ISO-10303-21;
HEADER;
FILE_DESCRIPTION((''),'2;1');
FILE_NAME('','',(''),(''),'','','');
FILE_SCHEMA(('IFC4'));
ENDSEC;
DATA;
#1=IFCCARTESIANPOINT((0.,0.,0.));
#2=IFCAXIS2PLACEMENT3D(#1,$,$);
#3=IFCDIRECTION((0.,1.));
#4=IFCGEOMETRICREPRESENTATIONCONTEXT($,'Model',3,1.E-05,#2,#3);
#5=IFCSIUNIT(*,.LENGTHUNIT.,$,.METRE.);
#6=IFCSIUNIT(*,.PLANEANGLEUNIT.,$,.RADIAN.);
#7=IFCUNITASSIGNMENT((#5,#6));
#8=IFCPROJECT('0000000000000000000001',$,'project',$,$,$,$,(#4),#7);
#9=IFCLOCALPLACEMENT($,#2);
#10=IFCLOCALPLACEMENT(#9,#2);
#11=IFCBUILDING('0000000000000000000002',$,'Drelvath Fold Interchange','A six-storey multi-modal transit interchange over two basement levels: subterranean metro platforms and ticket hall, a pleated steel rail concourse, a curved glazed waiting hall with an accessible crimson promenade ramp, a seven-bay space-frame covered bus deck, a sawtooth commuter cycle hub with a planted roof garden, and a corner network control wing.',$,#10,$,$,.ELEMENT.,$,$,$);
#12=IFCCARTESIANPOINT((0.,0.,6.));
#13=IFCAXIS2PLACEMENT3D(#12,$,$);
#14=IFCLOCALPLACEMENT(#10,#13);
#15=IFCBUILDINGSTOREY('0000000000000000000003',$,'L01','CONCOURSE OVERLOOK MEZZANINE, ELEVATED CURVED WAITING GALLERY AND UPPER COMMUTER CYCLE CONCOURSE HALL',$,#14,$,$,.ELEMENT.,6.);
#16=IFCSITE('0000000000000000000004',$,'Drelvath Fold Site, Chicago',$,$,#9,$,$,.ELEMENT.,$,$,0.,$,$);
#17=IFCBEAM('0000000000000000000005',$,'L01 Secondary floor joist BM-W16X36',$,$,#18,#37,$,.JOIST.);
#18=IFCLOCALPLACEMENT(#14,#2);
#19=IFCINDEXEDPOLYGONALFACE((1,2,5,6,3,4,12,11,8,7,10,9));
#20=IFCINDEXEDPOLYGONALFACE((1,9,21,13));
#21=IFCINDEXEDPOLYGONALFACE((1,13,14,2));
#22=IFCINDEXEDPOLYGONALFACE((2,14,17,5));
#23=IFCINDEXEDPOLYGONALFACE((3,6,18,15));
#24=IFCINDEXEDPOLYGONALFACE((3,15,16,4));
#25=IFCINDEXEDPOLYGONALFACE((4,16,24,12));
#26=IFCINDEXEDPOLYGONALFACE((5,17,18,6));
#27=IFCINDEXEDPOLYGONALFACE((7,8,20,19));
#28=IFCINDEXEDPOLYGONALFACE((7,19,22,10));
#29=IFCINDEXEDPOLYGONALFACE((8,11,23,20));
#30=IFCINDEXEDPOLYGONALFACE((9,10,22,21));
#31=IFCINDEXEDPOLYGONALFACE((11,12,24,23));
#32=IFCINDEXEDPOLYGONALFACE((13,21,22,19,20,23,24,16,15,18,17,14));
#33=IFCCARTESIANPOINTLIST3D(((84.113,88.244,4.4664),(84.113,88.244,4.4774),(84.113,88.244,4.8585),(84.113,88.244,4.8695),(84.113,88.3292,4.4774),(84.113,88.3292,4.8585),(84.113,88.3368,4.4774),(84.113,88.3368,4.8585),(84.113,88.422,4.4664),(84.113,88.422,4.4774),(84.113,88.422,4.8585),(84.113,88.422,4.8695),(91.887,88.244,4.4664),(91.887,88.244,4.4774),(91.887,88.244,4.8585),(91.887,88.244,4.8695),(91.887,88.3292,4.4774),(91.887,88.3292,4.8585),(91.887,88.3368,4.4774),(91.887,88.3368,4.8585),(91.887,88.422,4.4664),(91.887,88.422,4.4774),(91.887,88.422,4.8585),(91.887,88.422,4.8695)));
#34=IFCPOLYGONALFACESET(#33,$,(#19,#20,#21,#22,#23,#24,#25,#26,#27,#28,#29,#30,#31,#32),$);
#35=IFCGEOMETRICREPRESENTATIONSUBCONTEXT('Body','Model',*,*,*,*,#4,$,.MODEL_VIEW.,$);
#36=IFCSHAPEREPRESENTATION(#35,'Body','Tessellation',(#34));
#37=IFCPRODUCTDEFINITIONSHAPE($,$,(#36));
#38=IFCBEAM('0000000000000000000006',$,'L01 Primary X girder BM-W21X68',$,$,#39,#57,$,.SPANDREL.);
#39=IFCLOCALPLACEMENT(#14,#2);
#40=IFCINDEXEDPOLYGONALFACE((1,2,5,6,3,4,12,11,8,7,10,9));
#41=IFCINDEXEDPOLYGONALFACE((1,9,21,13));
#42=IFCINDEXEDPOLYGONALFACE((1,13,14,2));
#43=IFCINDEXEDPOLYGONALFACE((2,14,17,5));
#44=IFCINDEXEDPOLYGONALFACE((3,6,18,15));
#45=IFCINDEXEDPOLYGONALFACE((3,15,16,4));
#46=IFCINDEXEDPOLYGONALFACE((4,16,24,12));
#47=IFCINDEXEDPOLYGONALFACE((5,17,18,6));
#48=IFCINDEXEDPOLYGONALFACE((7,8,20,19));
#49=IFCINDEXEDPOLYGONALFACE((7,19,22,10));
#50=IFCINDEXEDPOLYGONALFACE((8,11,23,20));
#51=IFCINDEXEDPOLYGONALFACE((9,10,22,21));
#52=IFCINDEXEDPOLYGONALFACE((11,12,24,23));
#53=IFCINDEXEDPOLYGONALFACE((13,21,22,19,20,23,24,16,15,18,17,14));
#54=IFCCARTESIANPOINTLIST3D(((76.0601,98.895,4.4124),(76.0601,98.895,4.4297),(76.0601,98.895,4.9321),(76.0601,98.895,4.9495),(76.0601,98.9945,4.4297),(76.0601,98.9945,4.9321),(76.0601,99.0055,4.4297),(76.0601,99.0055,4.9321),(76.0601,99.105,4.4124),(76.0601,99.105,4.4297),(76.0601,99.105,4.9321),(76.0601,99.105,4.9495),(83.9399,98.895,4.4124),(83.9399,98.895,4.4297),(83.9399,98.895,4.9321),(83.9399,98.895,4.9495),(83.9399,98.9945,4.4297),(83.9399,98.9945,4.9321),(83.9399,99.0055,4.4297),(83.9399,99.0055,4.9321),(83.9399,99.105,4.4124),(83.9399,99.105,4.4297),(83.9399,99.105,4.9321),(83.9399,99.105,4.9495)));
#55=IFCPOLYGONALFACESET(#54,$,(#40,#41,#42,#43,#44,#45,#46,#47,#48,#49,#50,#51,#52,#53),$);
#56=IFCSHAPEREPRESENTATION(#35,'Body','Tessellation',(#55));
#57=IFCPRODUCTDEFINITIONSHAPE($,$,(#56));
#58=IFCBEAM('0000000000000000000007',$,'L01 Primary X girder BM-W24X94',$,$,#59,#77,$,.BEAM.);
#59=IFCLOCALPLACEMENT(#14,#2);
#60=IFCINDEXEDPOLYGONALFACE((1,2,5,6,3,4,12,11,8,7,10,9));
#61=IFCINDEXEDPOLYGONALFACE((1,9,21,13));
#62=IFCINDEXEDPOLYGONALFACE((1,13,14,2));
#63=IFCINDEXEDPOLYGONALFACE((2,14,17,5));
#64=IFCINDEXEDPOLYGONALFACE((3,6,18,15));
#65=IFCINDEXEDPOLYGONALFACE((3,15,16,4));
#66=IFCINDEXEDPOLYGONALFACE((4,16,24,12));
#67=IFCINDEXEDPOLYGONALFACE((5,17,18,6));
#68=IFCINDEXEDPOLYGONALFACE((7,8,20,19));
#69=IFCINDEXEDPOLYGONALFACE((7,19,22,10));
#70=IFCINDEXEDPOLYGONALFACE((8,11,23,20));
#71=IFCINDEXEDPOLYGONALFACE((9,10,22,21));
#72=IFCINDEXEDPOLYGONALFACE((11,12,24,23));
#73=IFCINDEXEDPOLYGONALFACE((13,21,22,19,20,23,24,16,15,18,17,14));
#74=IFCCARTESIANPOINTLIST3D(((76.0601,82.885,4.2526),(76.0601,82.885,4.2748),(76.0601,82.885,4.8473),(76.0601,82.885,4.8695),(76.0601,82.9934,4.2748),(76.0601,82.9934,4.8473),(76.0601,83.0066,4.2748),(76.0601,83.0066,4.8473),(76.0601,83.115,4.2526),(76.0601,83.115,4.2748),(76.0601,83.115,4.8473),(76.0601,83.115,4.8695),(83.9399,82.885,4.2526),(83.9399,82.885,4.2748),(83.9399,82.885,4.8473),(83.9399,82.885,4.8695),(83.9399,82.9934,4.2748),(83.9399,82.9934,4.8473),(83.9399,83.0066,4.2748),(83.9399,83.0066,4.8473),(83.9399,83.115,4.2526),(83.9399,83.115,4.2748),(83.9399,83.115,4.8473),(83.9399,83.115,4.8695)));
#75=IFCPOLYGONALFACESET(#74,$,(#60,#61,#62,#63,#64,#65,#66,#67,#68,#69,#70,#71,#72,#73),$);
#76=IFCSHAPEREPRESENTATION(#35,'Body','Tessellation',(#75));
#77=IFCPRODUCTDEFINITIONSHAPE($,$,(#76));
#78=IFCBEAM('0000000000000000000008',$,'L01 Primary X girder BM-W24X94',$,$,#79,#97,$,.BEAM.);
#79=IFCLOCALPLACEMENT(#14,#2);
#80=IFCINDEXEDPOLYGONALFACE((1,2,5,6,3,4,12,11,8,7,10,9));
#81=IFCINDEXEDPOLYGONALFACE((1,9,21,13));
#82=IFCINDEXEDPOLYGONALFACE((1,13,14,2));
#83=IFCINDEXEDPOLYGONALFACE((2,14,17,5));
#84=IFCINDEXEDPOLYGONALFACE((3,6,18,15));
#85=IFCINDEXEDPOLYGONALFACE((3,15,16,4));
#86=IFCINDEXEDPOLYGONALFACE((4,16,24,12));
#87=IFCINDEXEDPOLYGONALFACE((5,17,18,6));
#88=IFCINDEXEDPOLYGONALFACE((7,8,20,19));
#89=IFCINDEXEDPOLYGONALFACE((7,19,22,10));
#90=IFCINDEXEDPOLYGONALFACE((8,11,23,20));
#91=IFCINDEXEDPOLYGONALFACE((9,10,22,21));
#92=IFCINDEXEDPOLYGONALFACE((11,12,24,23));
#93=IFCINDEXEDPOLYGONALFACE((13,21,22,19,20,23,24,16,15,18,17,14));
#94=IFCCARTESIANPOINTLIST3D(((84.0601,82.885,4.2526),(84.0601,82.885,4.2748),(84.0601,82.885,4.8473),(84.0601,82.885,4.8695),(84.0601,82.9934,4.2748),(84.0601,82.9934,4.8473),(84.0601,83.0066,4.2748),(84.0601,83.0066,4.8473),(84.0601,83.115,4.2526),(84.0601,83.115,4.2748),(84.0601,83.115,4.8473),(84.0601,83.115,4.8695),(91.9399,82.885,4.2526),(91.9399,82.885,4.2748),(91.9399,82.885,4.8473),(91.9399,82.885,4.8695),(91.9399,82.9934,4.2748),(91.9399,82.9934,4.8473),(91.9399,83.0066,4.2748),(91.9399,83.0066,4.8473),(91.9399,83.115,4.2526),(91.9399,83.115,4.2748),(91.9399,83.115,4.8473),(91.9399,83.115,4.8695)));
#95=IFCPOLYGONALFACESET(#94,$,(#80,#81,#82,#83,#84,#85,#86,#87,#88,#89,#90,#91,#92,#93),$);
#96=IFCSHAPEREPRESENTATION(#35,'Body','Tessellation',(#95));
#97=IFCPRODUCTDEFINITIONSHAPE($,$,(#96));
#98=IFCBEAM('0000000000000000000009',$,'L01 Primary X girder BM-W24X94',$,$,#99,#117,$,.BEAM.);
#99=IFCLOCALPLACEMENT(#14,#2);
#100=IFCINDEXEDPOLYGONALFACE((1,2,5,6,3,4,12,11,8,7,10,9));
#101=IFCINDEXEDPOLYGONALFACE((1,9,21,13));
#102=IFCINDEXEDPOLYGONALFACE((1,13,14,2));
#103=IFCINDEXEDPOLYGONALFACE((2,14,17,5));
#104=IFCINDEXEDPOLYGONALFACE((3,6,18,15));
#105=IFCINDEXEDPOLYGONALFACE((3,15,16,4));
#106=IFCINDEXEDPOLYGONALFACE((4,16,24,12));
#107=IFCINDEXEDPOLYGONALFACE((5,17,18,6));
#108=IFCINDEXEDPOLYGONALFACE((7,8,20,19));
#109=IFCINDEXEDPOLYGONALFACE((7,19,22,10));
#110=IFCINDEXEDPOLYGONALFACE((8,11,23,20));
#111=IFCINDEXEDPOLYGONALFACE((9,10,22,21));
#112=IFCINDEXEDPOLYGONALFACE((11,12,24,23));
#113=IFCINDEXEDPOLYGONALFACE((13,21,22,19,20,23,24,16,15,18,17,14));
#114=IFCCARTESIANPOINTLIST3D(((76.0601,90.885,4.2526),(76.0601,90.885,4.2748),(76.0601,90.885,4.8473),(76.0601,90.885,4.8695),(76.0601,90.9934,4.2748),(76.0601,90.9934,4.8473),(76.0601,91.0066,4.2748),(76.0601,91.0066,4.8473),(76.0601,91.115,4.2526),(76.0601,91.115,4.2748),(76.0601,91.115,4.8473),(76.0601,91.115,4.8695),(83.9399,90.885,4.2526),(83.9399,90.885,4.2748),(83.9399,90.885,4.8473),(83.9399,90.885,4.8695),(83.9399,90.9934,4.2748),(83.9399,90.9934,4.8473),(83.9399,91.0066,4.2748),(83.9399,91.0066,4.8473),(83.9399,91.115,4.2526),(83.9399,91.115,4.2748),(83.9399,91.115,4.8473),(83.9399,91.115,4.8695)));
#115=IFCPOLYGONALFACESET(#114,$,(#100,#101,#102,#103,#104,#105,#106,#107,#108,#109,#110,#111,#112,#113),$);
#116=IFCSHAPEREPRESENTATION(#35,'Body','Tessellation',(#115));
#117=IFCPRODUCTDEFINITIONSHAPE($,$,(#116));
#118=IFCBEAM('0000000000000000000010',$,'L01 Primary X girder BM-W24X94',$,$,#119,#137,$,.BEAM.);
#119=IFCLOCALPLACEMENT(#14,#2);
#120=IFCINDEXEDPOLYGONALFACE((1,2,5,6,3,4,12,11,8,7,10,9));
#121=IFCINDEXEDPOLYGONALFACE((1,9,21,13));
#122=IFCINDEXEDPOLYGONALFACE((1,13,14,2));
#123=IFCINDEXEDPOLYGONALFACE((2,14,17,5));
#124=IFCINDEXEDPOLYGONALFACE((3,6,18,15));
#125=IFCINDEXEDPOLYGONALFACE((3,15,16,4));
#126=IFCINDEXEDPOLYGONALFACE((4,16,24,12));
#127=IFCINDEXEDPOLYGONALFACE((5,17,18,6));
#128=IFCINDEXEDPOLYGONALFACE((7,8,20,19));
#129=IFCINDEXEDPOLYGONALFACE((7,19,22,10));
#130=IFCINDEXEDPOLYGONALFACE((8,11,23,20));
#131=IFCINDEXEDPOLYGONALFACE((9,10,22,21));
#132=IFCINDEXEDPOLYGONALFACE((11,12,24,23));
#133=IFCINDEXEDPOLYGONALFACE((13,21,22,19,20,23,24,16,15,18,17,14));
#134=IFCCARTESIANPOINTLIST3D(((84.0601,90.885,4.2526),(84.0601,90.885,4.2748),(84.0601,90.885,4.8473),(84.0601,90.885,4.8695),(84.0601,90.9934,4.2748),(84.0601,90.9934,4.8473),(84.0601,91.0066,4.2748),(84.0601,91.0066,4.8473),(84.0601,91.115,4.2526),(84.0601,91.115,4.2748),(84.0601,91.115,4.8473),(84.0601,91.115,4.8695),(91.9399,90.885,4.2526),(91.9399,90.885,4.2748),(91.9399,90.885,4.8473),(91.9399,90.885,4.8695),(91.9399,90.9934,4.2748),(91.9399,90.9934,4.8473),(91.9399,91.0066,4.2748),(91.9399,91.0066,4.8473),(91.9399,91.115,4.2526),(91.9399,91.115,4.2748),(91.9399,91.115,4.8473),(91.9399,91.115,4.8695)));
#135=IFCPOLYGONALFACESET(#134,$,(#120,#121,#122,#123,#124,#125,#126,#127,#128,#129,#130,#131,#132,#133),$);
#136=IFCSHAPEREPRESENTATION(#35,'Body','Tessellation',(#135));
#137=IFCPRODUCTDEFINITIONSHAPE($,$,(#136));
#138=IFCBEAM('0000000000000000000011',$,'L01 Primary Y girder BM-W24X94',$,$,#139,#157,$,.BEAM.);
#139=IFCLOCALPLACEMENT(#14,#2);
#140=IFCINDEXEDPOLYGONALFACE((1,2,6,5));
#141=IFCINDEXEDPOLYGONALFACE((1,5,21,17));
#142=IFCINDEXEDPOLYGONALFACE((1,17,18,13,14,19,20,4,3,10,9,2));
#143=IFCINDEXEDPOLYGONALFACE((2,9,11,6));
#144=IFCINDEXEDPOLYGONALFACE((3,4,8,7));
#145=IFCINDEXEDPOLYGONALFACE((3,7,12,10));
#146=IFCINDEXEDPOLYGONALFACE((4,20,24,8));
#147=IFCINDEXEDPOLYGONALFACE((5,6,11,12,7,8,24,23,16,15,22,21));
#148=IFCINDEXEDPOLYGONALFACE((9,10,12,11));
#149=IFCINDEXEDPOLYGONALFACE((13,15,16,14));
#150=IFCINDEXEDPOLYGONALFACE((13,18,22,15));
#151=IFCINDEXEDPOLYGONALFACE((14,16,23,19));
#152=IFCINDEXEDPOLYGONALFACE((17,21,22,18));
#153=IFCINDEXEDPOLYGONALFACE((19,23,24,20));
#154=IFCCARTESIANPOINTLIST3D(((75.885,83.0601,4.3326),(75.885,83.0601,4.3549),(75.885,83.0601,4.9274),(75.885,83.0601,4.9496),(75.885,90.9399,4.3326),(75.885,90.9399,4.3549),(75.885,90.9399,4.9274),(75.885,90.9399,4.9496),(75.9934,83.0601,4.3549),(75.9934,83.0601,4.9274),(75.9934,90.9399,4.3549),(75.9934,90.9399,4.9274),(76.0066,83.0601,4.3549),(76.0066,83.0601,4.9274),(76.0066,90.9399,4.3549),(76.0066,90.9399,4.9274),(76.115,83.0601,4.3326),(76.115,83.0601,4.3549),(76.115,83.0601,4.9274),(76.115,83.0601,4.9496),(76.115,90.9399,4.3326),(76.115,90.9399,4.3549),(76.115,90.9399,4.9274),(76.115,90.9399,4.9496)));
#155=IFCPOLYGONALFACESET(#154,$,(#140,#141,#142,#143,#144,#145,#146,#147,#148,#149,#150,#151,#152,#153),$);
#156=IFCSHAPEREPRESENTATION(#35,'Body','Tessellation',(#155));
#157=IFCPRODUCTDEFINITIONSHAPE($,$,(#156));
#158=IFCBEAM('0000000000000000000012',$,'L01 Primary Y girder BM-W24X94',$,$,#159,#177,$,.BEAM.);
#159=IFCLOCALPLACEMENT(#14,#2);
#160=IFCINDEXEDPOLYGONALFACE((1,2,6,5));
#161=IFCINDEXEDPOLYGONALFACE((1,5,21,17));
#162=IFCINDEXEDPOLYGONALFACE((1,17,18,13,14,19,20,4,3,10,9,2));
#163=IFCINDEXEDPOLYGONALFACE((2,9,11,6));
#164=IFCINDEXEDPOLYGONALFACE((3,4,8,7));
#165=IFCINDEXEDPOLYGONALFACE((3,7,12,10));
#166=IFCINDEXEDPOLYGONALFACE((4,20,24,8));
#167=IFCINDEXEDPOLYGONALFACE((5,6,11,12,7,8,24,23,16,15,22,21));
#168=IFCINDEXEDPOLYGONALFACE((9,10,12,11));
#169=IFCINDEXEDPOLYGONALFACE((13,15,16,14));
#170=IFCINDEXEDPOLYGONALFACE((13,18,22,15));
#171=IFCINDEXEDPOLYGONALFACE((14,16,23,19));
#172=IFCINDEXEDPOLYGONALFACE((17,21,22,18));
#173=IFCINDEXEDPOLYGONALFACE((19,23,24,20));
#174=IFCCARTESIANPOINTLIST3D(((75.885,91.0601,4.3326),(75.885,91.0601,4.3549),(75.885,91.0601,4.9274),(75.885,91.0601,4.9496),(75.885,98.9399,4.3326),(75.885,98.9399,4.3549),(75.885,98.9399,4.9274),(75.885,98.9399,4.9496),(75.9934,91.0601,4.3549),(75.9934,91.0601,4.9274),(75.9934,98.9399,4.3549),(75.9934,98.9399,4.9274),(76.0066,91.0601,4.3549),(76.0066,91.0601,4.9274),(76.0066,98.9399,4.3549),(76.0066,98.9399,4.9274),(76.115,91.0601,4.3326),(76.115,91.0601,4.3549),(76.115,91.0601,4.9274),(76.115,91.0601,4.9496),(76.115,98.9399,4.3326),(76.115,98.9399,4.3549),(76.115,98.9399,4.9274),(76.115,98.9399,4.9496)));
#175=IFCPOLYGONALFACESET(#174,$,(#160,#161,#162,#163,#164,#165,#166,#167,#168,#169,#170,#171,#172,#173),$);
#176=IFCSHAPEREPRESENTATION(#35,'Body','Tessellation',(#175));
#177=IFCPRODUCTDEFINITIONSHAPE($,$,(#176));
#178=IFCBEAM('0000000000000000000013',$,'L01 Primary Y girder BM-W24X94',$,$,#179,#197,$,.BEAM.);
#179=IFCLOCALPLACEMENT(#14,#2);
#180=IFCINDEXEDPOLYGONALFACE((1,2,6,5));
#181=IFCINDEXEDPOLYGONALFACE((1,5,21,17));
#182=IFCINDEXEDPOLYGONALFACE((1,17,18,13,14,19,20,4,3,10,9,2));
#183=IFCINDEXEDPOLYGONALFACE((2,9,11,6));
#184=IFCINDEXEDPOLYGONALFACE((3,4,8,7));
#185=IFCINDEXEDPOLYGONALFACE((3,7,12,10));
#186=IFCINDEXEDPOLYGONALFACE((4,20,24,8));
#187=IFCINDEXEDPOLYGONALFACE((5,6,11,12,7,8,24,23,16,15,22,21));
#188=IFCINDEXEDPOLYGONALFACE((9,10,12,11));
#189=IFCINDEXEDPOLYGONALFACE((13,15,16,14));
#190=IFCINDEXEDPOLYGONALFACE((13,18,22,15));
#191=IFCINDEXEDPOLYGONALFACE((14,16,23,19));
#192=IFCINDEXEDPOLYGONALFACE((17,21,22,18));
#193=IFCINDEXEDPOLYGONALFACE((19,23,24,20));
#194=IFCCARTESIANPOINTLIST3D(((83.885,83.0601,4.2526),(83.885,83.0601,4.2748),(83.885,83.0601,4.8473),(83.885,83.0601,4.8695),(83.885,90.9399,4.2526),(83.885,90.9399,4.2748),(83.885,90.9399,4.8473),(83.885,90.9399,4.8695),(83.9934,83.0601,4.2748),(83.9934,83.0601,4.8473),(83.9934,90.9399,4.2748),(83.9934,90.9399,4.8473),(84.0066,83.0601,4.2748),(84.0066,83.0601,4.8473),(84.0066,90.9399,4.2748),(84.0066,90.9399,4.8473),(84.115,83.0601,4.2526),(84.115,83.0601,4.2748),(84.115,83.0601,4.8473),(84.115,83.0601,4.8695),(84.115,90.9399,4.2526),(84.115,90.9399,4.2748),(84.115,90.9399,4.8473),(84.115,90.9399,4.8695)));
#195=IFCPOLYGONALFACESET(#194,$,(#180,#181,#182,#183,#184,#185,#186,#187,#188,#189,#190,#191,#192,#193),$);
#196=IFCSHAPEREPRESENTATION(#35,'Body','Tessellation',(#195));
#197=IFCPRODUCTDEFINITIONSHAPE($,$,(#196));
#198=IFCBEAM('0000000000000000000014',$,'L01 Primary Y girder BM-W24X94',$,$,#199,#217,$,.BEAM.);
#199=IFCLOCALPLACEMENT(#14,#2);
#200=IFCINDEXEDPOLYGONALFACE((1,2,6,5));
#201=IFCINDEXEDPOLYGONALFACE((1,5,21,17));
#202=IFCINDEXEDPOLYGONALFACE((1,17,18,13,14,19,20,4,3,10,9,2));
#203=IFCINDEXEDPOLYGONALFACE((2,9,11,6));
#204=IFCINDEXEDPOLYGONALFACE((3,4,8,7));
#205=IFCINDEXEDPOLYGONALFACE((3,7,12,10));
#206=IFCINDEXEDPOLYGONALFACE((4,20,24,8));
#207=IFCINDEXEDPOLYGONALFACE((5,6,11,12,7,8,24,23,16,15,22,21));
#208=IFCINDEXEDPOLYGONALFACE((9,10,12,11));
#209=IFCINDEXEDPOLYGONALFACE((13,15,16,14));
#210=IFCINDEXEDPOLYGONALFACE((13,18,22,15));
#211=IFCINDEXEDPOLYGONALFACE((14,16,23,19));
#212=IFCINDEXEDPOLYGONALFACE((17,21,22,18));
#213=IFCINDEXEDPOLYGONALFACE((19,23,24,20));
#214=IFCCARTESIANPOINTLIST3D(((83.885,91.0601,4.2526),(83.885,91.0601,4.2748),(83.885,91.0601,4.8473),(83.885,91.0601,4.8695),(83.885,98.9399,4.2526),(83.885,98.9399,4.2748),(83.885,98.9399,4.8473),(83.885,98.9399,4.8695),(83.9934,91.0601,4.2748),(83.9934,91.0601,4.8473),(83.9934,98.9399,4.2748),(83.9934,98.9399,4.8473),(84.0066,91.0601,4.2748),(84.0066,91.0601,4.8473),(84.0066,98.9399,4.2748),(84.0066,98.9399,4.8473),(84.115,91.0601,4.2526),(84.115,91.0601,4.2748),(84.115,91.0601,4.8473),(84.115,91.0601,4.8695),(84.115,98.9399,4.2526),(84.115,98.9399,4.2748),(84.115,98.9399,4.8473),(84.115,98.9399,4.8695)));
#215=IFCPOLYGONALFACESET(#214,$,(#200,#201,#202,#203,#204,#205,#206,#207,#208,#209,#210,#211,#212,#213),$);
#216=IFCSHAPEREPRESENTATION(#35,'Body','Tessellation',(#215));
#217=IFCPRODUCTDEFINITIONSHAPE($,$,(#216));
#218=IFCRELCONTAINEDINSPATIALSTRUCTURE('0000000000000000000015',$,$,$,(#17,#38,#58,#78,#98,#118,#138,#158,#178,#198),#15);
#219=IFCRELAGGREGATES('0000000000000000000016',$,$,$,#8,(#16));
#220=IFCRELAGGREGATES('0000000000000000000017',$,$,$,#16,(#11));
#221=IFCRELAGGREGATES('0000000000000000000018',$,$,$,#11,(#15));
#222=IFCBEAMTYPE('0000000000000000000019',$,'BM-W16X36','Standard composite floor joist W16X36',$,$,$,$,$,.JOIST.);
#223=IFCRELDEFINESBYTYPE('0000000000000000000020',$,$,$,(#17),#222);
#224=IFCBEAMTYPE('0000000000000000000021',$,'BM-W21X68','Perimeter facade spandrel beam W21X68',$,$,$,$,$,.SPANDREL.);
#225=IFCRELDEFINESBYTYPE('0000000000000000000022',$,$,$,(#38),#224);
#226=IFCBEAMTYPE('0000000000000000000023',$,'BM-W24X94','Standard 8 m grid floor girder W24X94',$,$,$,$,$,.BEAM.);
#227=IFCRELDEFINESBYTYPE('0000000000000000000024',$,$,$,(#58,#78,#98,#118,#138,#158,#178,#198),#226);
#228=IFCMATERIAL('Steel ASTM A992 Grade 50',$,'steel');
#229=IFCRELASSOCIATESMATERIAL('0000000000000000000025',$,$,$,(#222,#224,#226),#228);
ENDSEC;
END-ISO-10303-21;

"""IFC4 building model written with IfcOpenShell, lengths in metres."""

from ifc_helpers import new_model, si_unit, direction, frame, origin, origin_2d, place, context, subcontext, project, spatial, i_section, extrude, material, material_profile, profile_set, type_object, element, save


model = new_model("IFC4")

# Units and contexts
model_context = context("Model", 3, precision=1e-05, world=origin(), true_north=direction((0.0, 1.0)))
body_context = subcontext(model_context, "Body", "Model", "MODEL_VIEW")
ifc_project = project(units=[si_unit("LENGTHUNIT", "METRE"), si_unit("PLANEANGLEUNIT", "RADIAN")], contexts=[model_context])

# Site, building, storey
site_placement = place(None, origin())
site = spatial("IfcSite", under=ifc_project, at=site_placement, Name="Drelvath Fold Site, Chicago", CompositionType="ELEMENT", RefElevation=0.0)
building_placement = place(site_placement, origin())
building = spatial("IfcBuilding", under=site, at=building_placement, Name="Drelvath Fold Interchange", Description="A six-storey multi-modal transit interchange over two basement levels: subterranean metro platforms and ticket hall, a pleated steel rail concourse, a curved glazed waiting hall with an accessible crimson promenade ramp, a seven-bay space-frame covered bus deck, a sawtooth commuter cycle hub with a planted roof garden, and a corner network control wing.", CompositionType="ELEMENT")
storey_placement = place(building_placement, frame((0.0, 0.0, 6.0)))
storey = spatial("IfcBuildingStorey", under=building, at=storey_placement, Name="L01", Description="CONCOURSE OVERLOOK MEZZANINE, ELEVATED CURVED WAITING GALLERY AND UPPER COMMUTER CYCLE CONCOURSE HALL", CompositionType="ELEMENT", Elevation=6.0)

# Beams
ifc_material_1 = material(Name="Steel ASTM A992 Grade 50", Category="steel")
ifc_material_profile_1 = material_profile(ifc_material_1, i_section(OverallWidth=0.178, OverallDepth=0.4031, WebThickness=0.0076, FlangeThickness=0.011, at=origin_2d()), Name="W16X36")
ifc_profile_set_1 = profile_set([ifc_material_profile_1], Name="Steel ASTM A992 Grade 50")
beam_type_1 = type_object("IfcBeamType", Name="BM-W16X36", Description="Standard composite floor joist W16X36", PredefinedType="JOIST", material=ifc_profile_set_1)
for number, where, z_axis, x_axis, name in (
    (1, (84.113, 88.333, 4.668), (1.0, 0.0, 0.0), (0.0, 1.0, 0.0), "L01 Secondary floor joist BM-W16X36"),
):
    element("IfcBeam", number, at=place(storey_placement, frame(where, z_axis=z_axis, x_axis=x_axis)), inside=storey, type_object=beam_type_1, Name=name, PredefinedType="JOIST", context=body_context, shape_type="SweptSolid", body=[
        extrude(i_section(OverallWidth=0.178, OverallDepth=0.4031, WebThickness=0.0076, FlangeThickness=0.011, at=origin_2d()), origin(), (0.0, 0.0, 1.0), 7.7739),
    ])
ifc_material_profile_2 = material_profile(ifc_material_1, i_section(OverallWidth=0.21, OverallDepth=0.5371, WebThickness=0.011, FlangeThickness=0.0173, at=origin_2d()), Name="W21X68")
ifc_profile_set_2 = profile_set([ifc_material_profile_2], Name="Steel ASTM A992 Grade 50")
beam_type_2 = type_object("IfcBeamType", Name="BM-W21X68", Description="Perimeter facade spandrel beam W21X68", PredefinedType="SPANDREL", material=ifc_profile_set_2)
beam_placement = place(storey_placement, frame((76.0601, 99.0, 4.6809), z_axis=(1.0, 0.0, 0.0), x_axis=(0.0, 1.0, 0.0)))
element("IfcBeam", 2, at=beam_placement, inside=storey, type_object=beam_type_2, Name="L01 Primary X girder BM-W21X68", PredefinedType="SPANDREL", context=body_context, shape_type="SweptSolid", body=[
    extrude(i_section(OverallWidth=0.21, OverallDepth=0.5371, WebThickness=0.011, FlangeThickness=0.0173, at=origin_2d()), origin(), (0.0, 0.0, 1.0), 7.8799),
])
ifc_material_profile_3 = material_profile(ifc_material_1, i_section(OverallWidth=0.23, OverallDepth=0.6169, WebThickness=0.0132, FlangeThickness=0.0222, at=origin_2d()), Name="W24X94")
ifc_profile_set_3 = profile_set([ifc_material_profile_3], Name="Steel ASTM A992 Grade 50")
beam_type_3 = type_object("IfcBeamType", Name="BM-W24X94", Description="Standard 8 m grid floor girder W24X94", PredefinedType="BEAM", material=ifc_profile_set_3)
for number, where, z_axis, x_axis, name in (
    (3, (76.0601, 83.0, 4.561), (1.0, 0.0, 0.0), (0.0, 1.0, 0.0), "L01 Primary X girder BM-W24X94"),
    (4, (84.0601, 83.0, 4.561), (1.0, 0.0, 0.0), (0.0, 1.0, 0.0), "L01 Primary X girder BM-W24X94"),
    (5, (76.0601, 91.0, 4.561), (1.0, 0.0, 0.0), (0.0, 1.0, 0.0), "L01 Primary X girder BM-W24X94"),
    (6, (84.0601, 91.0, 4.561), (1.0, 0.0, 0.0), (0.0, 1.0, 0.0), "L01 Primary X girder BM-W24X94"),
    (7, (76.0, 83.0601, 4.6411), (0.0, 1.0, 0.0), (-1.0, 0.0, 0.0), "L01 Primary Y girder BM-W24X94"),
    (8, (76.0, 91.0601, 4.6411), (0.0, 1.0, 0.0), (-1.0, 0.0, 0.0), "L01 Primary Y girder BM-W24X94"),
    (9, (84.0, 83.0601, 4.561), (0.0, 1.0, 0.0), (-1.0, 0.0, 0.0), "L01 Primary Y girder BM-W24X94"),
    (10, (84.0, 91.0601, 4.561), (0.0, 1.0, 0.0), (-1.0, 0.0, 0.0), "L01 Primary Y girder BM-W24X94"),
):
    element("IfcBeam", number, at=place(storey_placement, frame(where, z_axis=z_axis, x_axis=x_axis)), inside=storey, type_object=beam_type_3, Name=name, PredefinedType="BEAM", context=body_context, shape_type="SweptSolid", body=[
        extrude(i_section(OverallWidth=0.23, OverallDepth=0.6169, WebThickness=0.0132, FlangeThickness=0.0222, at=origin_2d()), origin(), (0.0, 0.0, 1.0), 7.8799),
    ])

save(model, "model.ifc")
